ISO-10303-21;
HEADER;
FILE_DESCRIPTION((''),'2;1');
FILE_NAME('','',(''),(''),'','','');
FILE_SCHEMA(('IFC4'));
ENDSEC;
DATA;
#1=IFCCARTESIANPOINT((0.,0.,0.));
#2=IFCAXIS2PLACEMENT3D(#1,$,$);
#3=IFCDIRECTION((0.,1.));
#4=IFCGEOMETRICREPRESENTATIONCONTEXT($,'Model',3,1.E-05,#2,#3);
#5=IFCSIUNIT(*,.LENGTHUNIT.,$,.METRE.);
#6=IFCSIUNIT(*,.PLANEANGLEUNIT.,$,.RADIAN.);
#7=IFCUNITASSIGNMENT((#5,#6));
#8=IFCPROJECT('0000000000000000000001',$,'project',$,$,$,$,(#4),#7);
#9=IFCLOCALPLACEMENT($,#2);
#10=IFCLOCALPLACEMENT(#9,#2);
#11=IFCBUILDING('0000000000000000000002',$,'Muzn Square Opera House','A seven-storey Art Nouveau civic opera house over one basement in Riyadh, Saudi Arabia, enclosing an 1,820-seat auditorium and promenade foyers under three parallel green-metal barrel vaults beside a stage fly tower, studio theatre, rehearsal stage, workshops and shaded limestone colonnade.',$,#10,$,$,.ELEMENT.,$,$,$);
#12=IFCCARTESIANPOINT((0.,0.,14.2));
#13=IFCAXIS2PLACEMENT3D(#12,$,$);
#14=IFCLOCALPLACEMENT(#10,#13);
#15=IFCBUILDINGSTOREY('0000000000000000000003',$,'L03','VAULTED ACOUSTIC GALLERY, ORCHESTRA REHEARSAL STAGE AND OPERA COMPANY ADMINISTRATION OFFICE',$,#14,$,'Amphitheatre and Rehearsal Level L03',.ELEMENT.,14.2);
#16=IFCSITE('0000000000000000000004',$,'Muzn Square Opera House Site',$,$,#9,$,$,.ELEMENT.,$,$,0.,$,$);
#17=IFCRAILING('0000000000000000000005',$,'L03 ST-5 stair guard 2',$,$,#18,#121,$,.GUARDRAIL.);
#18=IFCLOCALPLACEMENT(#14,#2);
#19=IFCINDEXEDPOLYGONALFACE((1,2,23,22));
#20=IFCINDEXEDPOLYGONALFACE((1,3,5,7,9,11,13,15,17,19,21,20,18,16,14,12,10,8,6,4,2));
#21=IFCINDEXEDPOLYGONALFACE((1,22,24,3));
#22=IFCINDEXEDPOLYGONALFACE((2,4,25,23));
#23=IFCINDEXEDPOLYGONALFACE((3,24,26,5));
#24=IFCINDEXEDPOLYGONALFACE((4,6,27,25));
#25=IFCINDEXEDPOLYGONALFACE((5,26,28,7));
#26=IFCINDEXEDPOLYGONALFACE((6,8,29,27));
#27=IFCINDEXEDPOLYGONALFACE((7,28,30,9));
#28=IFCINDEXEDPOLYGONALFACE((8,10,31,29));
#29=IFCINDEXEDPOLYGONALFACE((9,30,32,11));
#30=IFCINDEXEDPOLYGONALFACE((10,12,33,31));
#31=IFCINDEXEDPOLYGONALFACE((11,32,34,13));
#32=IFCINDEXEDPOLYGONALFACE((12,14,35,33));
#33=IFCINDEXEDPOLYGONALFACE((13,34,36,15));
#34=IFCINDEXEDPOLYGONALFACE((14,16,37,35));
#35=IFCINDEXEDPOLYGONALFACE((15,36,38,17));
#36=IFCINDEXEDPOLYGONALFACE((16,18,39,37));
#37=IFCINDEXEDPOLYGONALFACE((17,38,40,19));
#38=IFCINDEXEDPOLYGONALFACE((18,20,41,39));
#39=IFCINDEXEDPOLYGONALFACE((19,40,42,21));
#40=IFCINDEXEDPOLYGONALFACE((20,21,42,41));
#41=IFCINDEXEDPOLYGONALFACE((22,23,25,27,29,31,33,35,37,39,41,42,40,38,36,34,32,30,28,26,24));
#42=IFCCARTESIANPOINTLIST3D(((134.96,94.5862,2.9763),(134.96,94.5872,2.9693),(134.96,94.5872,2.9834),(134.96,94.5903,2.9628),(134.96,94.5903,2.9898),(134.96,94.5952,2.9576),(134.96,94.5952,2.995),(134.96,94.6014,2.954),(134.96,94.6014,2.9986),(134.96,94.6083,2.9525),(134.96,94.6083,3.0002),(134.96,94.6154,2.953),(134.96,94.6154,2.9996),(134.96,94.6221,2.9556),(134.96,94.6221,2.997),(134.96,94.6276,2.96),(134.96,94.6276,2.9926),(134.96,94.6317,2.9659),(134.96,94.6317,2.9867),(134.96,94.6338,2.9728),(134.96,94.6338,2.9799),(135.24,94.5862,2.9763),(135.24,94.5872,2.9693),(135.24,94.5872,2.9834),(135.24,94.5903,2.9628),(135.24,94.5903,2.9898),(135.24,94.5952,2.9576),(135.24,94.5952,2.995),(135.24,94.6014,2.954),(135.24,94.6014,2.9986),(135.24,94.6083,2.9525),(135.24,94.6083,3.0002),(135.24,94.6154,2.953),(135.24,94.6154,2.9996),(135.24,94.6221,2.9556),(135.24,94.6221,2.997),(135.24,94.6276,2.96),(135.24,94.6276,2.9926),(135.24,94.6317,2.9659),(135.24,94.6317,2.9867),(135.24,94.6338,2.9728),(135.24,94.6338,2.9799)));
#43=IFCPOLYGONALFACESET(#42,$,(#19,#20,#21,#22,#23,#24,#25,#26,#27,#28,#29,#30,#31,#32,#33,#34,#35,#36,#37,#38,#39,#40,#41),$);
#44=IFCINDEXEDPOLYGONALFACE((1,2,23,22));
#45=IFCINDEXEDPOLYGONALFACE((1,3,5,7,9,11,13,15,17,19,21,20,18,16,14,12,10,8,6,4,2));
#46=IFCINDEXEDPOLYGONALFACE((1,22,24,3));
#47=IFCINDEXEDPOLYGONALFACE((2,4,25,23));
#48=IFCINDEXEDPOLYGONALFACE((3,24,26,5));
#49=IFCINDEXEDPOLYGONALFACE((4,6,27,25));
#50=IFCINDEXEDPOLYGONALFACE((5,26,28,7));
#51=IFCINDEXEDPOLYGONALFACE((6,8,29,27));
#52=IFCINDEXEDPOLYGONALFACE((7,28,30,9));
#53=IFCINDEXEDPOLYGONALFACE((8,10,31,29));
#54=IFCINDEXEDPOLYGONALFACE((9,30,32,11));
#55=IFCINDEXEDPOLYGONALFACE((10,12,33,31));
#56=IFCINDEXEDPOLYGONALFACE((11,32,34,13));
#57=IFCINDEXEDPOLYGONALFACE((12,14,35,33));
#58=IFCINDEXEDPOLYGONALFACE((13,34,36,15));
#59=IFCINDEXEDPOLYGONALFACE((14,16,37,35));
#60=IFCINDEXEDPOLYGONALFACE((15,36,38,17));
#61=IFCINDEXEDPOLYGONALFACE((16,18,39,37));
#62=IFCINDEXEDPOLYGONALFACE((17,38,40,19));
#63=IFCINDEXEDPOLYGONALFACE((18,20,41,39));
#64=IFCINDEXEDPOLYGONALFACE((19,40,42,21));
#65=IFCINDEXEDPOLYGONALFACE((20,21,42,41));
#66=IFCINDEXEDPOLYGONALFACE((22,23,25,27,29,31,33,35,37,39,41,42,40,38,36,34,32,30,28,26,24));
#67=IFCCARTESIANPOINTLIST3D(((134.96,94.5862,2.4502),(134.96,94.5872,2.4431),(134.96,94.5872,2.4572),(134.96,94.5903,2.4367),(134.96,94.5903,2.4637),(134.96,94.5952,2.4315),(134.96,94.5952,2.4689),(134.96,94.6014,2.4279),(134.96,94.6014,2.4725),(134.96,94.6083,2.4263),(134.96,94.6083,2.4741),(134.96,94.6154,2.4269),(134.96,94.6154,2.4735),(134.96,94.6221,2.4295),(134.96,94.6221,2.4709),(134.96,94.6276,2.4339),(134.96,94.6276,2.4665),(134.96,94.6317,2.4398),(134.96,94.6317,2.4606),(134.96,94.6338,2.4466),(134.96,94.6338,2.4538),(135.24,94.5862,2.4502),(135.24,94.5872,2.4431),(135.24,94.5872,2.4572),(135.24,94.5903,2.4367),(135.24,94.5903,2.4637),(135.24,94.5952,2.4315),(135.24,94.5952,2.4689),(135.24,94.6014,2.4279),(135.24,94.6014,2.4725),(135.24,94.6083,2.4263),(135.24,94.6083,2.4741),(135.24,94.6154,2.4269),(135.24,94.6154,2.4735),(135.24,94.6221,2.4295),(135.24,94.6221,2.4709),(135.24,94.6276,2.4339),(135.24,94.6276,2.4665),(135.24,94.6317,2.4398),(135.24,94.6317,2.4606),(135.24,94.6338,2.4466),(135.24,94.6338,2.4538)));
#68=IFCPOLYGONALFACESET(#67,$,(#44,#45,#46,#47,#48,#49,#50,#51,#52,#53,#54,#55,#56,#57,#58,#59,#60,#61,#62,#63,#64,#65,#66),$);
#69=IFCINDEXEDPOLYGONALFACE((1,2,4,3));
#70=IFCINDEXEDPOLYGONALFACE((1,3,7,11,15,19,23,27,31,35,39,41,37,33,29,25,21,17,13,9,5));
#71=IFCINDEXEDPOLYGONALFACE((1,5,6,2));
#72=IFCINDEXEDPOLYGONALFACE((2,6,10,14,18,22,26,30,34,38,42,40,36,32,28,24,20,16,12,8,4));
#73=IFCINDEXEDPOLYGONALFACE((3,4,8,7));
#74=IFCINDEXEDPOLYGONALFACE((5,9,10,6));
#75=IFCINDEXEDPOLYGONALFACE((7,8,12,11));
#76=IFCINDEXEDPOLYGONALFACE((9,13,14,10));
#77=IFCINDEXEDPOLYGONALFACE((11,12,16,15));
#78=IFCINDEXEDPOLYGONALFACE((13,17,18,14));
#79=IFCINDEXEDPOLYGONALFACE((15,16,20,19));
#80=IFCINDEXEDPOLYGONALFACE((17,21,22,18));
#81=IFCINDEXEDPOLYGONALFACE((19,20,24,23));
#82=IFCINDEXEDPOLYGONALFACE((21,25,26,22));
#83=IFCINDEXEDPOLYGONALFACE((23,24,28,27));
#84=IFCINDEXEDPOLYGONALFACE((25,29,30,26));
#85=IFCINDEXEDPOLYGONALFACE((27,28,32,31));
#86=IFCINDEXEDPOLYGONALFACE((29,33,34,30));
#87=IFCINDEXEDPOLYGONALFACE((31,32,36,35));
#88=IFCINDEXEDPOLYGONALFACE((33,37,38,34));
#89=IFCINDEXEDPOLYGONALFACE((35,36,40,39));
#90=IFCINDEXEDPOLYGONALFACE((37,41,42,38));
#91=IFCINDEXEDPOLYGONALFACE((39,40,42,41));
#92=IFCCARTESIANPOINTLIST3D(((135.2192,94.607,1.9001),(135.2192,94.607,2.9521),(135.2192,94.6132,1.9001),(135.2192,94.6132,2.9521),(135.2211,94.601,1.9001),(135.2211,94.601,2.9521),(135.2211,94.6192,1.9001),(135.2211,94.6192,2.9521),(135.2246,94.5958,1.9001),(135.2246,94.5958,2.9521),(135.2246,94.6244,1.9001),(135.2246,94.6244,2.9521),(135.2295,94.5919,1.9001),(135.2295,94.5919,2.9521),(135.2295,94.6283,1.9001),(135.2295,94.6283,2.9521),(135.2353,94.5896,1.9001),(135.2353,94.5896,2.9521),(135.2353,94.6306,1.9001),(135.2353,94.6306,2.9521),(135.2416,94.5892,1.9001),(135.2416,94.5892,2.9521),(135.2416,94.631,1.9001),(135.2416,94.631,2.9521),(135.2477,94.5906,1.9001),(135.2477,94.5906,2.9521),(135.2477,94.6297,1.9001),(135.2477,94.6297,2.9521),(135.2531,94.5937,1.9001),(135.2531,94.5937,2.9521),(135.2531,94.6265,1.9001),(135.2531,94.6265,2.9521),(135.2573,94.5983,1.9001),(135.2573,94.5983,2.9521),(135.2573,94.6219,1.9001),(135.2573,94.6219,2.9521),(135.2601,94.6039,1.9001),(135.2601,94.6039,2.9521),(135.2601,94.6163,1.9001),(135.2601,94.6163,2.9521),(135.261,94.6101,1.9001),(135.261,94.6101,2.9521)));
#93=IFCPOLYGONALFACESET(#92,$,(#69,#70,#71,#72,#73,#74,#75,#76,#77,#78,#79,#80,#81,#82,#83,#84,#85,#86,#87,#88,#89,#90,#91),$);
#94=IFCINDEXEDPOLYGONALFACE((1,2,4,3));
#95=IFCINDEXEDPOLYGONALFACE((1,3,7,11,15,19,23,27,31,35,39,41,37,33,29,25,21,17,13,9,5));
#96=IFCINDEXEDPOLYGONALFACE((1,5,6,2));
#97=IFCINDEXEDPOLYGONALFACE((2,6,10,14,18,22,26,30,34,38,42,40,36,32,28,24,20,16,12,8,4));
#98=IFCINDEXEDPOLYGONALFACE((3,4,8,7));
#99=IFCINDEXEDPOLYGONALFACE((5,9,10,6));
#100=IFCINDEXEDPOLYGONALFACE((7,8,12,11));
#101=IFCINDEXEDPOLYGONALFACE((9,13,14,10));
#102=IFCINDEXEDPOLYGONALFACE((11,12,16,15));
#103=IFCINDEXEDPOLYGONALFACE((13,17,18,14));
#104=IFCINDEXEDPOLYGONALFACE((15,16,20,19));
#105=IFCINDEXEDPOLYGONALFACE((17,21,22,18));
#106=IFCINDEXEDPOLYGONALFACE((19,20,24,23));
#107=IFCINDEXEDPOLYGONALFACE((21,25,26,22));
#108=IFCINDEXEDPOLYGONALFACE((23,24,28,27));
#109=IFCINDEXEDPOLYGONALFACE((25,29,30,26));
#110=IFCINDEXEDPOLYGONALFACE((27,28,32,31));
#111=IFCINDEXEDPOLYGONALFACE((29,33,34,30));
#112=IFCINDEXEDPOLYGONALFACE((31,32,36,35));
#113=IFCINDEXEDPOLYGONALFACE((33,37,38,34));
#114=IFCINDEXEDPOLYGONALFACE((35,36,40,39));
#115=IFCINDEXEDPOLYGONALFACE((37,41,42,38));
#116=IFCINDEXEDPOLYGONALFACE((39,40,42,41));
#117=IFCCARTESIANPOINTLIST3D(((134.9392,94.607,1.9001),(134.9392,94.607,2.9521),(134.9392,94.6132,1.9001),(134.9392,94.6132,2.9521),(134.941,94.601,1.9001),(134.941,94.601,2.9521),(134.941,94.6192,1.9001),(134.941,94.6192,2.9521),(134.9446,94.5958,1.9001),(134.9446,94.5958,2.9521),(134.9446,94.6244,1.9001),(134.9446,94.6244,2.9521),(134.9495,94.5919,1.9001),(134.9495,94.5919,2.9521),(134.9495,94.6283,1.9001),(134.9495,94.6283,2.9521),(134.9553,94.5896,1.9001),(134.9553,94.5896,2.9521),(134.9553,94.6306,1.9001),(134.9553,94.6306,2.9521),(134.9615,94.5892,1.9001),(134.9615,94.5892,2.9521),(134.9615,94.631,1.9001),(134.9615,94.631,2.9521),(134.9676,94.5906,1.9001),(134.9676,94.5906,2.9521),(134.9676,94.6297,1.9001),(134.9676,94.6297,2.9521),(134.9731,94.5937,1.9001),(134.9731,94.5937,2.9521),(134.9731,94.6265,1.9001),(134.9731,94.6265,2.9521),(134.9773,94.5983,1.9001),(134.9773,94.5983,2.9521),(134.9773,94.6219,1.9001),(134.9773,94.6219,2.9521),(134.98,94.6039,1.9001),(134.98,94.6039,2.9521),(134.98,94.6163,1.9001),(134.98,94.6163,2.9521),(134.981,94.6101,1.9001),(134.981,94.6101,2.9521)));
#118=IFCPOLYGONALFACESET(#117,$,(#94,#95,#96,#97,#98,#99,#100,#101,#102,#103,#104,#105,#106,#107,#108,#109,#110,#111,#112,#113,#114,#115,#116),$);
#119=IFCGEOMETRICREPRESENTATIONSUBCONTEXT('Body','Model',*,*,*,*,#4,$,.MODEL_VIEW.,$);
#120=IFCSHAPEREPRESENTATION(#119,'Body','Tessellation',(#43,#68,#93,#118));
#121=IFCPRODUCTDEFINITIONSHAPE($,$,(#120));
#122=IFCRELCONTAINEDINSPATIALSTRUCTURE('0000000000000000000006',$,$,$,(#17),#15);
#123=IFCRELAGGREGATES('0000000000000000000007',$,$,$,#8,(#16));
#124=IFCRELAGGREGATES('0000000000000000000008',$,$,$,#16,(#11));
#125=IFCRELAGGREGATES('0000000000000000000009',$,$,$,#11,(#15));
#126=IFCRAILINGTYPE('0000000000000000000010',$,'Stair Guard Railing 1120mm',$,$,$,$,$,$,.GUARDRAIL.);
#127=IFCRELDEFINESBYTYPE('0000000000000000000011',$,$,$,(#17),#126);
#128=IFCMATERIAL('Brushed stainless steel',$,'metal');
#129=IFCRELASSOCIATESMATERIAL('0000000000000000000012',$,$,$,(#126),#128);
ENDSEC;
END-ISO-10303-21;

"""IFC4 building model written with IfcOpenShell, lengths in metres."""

from ifc_helpers import new_model, si_unit, direction, frame, origin, origin_2d, place, context, subcontext, project, spatial, circle, extrude, material, type_object, element, save


model = new_model("IFC4")

# Units and contexts
model_context = context("Model", 3, precision=1e-05, world=origin(), true_north=direction((0.0, 1.0)))
body_context = subcontext(model_context, "Body", "Model", "MODEL_VIEW")
ifc_project = project(units=[si_unit("LENGTHUNIT", "METRE"), si_unit("PLANEANGLEUNIT", "RADIAN")], contexts=[model_context])

# Site, building, storey
site_placement = place(None, origin())
site = spatial("IfcSite", under=ifc_project, at=site_placement, Name="Muzn Square Opera House Site", CompositionType="ELEMENT", RefElevation=0.0)
building_placement = place(site_placement, origin())
building = spatial("IfcBuilding", under=site, at=building_placement, Name="Muzn Square Opera House", Description="A seven-storey Art Nouveau civic opera house over one basement in Riyadh, Saudi Arabia, enclosing an 1,820-seat auditorium and promenade foyers under three parallel green-metal barrel vaults beside a stage fly tower, studio theatre, rehearsal stage, workshops and shaded limestone colonnade.", CompositionType="ELEMENT")
storey_placement = place(building_placement, frame((0.0, 0.0, 14.2)))
storey = spatial("IfcBuildingStorey", under=building, at=storey_placement, Name="L03", Description="VAULTED ACOUSTIC GALLERY, ORCHESTRA REHEARSAL STAGE AND OPERA COMPANY ADMINISTRATION OFFICE", LongName="Amphitheatre and Rehearsal Level L03", CompositionType="ELEMENT", Elevation=14.2)

# Railing
ifc_material_1 = material(Name="Brushed stainless steel", Category="metal")
railing_type_1 = type_object("IfcRailingType", Name="Stair Guard Railing 1120mm", PredefinedType="GUARDRAIL", material=ifc_material_1)
railing_1_placement = place(storey_placement, frame((135.24, 94.6101, 1.9001)))
element("IfcRailing", 1, at=railing_1_placement, inside=storey, type_object=railing_type_1, Name="L03 ST-5 stair guard 2", PredefinedType="GUARDRAIL", context=body_context, shape_type="SweptSolid", body=[
    extrude(circle(Radius=0.0239, at=origin_2d()), frame((0.0, 0.0, 1.0762), z_axis=(-1.0, 0.0, 0.0), x_axis=(0.0, -1.0, 0.0)), (0.0, 0.0, 1.0), 0.28),
    extrude(circle(Radius=0.0239, at=origin_2d()), frame((0.0, 0.0, 0.55), z_axis=(-1.0, 0.0, 0.0), x_axis=(0.0, -1.0, 0.0)), (0.0, 0.0, 1.0), 0.28),
    extrude(circle(Radius=0.021, at=origin_2d()), origin(), (0.0, 0.0, 1.0), 1.052),
    extrude(circle(Radius=0.021, at=origin_2d()), frame((-0.28, 0.0, 0.0)), (0.0, 0.0, 1.0), 1.052),
])

save(model, "model.ifc")
